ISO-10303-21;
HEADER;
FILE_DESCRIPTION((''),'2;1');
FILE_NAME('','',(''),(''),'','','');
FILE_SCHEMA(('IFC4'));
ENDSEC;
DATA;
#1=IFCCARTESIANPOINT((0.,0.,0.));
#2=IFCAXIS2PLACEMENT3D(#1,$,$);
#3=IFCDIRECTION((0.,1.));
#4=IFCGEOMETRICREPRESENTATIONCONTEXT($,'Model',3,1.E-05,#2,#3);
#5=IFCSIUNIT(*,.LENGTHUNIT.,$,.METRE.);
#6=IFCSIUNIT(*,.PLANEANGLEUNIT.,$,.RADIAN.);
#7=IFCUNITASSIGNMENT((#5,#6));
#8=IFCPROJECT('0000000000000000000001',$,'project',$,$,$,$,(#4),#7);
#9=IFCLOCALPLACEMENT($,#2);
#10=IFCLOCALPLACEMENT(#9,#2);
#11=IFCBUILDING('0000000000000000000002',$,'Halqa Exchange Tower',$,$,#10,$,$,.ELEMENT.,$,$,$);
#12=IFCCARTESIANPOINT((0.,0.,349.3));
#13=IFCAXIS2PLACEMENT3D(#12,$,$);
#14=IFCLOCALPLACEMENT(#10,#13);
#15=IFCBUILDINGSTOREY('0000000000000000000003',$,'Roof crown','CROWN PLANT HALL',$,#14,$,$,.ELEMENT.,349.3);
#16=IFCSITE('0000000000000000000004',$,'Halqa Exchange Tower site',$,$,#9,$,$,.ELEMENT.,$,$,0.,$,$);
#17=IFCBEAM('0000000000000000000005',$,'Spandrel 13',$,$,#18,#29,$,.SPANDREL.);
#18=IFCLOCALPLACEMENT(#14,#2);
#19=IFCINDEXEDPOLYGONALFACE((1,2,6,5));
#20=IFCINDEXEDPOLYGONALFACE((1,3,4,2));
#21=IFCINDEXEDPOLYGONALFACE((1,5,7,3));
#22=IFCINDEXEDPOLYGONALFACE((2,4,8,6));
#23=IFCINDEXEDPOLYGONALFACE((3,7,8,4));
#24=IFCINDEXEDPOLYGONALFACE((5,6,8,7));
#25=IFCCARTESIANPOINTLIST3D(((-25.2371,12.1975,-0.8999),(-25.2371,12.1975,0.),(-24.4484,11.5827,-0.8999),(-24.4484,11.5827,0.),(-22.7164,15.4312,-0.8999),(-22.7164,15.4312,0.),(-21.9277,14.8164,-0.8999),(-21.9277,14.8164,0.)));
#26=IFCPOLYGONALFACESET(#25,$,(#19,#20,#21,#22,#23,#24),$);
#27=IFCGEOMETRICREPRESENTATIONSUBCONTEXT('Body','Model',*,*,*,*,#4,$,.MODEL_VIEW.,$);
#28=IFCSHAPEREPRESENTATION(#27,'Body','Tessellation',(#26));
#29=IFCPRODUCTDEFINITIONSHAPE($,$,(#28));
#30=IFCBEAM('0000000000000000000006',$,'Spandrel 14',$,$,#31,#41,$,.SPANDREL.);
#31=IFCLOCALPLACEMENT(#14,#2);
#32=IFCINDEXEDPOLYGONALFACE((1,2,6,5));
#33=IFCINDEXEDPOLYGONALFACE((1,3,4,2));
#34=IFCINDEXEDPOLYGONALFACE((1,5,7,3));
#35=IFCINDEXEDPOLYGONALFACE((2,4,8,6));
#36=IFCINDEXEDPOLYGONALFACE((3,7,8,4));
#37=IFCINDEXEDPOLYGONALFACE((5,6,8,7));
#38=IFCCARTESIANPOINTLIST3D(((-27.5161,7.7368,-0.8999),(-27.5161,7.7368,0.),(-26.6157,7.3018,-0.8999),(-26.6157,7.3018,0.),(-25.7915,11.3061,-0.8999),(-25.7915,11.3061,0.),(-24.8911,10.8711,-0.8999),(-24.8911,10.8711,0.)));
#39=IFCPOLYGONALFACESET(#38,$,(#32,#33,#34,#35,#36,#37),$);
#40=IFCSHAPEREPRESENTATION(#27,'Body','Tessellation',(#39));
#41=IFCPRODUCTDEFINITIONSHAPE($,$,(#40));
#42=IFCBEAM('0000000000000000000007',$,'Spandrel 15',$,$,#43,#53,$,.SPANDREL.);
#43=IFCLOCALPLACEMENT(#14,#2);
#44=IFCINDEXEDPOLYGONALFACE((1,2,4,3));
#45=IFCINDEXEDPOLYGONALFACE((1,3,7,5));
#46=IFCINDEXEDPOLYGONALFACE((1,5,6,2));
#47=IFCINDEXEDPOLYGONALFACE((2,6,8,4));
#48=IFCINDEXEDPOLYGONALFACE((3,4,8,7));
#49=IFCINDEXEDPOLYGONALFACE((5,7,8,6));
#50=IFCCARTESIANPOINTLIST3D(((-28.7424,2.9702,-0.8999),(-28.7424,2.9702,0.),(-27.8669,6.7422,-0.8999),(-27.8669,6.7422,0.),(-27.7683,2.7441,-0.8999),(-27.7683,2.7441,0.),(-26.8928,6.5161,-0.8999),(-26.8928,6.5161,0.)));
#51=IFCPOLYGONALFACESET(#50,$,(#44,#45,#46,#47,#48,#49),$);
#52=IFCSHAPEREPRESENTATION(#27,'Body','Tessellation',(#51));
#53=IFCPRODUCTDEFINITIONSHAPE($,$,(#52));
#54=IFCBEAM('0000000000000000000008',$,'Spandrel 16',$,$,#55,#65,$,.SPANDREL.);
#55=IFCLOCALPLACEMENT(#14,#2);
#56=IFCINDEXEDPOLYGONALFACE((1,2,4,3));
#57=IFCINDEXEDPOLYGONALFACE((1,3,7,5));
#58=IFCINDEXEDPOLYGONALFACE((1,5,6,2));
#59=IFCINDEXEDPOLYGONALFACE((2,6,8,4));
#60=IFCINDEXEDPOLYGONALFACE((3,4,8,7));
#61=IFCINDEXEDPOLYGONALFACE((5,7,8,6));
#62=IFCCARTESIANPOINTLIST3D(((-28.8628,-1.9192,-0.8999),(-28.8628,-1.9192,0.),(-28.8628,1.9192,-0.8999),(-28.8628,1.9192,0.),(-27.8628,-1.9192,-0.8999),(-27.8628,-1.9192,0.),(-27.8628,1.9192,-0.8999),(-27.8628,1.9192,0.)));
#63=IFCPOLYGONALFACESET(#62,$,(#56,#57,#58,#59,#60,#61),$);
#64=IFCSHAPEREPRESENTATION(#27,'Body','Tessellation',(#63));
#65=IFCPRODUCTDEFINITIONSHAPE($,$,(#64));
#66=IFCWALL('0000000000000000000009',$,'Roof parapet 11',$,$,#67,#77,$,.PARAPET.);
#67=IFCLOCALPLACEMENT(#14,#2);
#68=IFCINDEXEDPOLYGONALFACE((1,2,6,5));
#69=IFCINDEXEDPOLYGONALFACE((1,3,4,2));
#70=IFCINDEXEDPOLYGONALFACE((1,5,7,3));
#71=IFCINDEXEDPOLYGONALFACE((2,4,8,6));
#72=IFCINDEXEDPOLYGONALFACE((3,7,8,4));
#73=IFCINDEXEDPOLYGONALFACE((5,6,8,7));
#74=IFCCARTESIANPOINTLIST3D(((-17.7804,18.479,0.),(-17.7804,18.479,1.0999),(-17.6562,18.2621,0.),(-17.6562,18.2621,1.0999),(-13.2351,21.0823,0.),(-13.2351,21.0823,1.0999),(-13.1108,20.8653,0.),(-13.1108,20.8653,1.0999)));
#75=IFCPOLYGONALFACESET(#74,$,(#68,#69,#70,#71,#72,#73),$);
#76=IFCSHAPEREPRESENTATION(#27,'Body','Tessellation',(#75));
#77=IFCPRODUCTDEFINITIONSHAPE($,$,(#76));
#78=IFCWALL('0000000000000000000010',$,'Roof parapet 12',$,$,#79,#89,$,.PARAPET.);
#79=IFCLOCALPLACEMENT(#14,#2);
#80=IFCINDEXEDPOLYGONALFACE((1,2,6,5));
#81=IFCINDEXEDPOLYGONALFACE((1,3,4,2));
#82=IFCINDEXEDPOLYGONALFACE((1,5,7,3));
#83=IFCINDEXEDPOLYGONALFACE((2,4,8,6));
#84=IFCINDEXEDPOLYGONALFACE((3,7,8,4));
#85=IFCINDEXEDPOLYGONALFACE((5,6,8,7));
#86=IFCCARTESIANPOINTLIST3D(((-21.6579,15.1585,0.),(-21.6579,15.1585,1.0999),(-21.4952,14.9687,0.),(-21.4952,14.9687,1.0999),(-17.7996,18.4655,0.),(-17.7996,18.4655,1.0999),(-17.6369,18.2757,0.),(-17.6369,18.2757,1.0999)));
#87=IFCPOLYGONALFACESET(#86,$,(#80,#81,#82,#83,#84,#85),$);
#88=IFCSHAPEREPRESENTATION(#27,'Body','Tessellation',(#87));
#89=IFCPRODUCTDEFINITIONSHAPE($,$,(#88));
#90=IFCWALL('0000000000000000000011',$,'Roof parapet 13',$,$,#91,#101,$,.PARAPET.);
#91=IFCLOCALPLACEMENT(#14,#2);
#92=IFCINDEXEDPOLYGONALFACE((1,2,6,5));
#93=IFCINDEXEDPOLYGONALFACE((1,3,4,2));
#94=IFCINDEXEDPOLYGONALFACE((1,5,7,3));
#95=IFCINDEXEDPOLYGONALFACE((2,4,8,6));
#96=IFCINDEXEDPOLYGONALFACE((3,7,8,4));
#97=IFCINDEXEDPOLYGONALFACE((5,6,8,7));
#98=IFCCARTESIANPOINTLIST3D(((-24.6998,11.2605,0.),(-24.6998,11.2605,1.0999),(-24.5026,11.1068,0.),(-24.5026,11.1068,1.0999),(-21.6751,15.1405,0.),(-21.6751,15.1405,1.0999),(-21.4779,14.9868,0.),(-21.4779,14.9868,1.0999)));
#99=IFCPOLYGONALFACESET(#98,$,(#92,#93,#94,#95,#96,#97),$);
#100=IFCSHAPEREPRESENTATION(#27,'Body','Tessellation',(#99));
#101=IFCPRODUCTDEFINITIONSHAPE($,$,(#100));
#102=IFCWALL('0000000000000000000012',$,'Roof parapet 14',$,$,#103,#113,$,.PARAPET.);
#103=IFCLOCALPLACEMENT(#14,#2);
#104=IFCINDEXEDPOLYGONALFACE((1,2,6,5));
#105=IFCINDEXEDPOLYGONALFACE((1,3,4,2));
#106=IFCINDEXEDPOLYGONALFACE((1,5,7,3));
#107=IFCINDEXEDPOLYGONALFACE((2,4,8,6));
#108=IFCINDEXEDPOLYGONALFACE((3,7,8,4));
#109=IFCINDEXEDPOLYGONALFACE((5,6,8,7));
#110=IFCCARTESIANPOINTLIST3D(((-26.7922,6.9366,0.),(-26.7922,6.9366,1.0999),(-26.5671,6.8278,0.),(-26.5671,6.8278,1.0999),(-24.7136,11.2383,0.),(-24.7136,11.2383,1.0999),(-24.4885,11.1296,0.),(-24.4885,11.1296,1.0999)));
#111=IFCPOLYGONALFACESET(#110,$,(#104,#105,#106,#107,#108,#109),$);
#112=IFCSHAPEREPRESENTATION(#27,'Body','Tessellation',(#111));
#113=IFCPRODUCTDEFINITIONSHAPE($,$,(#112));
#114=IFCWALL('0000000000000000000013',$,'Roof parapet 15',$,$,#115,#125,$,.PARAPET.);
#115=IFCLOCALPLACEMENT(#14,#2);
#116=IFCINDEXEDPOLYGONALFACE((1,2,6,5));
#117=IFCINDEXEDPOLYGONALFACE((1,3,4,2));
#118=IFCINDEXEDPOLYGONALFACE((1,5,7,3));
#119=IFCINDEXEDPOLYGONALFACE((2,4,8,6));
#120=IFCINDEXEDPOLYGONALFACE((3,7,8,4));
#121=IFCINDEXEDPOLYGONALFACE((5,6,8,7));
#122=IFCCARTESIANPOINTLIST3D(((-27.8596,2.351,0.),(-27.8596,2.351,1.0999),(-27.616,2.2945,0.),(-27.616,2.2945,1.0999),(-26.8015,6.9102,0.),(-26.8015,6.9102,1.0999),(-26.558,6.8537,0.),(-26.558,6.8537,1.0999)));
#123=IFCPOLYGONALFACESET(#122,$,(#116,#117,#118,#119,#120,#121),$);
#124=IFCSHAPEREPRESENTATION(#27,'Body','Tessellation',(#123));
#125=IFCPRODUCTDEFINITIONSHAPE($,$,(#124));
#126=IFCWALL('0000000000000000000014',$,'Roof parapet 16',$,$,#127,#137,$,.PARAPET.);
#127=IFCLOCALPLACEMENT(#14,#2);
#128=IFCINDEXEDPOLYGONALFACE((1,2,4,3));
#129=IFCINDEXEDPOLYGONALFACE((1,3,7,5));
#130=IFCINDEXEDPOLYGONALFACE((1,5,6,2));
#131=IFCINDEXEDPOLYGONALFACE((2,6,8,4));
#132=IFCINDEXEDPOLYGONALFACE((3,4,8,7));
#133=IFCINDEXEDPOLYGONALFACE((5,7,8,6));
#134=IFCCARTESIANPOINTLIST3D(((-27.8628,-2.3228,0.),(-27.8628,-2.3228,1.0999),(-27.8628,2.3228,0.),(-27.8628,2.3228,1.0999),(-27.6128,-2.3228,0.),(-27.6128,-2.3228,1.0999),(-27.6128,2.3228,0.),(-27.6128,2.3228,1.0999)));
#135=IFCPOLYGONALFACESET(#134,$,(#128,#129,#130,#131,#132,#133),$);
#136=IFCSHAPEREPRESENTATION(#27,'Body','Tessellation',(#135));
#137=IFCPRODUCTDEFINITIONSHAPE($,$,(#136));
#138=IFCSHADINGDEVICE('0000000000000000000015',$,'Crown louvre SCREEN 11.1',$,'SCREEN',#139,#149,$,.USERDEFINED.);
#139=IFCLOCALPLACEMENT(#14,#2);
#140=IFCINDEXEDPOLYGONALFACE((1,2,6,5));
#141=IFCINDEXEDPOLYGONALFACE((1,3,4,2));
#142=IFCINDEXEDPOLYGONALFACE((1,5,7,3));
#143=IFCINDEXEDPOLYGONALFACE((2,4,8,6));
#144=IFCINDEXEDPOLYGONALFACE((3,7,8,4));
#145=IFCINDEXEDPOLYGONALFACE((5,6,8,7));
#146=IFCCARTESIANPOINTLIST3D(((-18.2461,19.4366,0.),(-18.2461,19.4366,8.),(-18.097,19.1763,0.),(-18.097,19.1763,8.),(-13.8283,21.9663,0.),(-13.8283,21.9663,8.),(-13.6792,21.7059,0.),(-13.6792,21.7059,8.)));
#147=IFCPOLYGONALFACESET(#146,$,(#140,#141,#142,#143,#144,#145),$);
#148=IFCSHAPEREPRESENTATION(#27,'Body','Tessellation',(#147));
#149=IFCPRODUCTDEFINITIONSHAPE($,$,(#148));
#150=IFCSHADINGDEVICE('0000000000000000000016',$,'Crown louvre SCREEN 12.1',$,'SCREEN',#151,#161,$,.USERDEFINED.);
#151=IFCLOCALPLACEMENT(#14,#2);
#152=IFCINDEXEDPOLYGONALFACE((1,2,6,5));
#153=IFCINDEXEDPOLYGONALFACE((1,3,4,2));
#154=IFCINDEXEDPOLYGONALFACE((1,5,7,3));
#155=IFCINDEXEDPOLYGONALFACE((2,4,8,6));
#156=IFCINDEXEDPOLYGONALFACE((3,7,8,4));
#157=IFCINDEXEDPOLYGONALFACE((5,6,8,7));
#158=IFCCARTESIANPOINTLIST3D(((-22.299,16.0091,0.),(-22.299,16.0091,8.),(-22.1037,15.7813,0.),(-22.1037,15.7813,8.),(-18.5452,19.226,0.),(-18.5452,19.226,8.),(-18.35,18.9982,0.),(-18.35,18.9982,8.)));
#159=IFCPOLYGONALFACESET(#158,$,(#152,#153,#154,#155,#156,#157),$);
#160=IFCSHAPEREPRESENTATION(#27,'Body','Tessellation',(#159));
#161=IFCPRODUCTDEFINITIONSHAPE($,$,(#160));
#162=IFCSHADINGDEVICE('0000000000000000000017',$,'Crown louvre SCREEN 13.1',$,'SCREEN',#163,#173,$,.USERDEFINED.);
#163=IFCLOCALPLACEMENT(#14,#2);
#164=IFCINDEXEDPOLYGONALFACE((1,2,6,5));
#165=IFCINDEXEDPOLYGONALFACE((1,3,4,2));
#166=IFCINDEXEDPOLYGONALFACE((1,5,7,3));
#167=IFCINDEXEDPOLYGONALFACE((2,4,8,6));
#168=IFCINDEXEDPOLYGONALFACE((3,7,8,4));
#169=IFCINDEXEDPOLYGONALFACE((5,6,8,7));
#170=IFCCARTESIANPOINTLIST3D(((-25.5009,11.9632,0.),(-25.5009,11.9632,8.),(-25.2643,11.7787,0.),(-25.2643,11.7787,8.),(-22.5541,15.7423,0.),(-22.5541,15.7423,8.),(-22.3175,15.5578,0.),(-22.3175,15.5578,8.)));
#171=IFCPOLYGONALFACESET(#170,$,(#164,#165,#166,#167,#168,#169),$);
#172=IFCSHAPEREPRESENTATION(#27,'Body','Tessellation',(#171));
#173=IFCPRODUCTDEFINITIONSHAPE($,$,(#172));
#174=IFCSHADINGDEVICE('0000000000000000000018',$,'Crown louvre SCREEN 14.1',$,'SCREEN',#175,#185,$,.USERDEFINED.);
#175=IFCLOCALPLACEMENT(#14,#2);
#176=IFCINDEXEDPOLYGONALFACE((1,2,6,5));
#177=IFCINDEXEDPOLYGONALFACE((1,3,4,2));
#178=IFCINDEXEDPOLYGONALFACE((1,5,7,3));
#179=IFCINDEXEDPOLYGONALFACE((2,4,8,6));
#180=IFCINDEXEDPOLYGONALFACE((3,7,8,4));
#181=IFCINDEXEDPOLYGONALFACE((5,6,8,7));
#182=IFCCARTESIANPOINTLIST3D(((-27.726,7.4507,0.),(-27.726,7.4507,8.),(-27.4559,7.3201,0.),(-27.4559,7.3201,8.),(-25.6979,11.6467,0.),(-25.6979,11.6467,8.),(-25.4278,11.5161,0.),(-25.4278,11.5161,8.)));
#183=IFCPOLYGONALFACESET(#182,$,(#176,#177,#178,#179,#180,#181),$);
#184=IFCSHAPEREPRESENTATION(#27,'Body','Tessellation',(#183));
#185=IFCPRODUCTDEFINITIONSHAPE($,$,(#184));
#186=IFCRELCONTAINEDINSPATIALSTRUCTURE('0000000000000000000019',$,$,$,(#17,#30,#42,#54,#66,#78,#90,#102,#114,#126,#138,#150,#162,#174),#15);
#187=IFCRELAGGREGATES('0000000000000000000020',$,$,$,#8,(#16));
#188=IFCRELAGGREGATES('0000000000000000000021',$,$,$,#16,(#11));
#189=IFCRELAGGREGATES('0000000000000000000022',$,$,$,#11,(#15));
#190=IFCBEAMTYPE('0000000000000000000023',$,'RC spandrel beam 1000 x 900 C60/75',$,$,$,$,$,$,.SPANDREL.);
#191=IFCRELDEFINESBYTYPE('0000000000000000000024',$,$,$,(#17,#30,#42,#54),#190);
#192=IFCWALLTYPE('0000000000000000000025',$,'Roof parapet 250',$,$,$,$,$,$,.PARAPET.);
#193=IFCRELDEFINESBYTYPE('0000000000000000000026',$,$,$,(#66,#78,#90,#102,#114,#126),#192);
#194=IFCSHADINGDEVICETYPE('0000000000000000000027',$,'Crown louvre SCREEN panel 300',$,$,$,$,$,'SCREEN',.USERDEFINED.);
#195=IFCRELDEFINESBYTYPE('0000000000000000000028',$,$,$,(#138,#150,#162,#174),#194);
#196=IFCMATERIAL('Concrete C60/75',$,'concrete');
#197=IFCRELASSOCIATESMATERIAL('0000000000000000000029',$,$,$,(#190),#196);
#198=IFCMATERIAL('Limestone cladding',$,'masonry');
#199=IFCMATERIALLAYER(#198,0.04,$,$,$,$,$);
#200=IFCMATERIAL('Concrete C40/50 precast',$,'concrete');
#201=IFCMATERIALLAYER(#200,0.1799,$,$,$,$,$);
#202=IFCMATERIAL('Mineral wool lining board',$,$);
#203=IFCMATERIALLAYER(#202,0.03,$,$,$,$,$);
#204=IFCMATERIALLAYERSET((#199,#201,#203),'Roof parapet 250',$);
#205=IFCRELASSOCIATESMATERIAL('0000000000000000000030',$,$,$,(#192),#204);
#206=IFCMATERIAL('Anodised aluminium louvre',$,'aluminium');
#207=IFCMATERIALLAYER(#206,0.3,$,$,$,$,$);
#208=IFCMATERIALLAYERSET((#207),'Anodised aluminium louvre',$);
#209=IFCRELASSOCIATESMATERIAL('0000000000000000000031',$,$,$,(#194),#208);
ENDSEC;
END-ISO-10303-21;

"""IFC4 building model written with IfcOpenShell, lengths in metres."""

from ifc_helpers import new_model, si_unit, direction, frame, frame_2d, origin, origin_2d, place, context, subcontext, project, spatial, rectangle, extrude, material, layer, layer_set, material_profile, profile_set, type_object, element, save


model = new_model("IFC4")

# Units and contexts
model_context = context("Model", 3, precision=1e-05, world=origin(), true_north=direction((0.0, 1.0)))
body_context = subcontext(model_context, "Body", "Model", "MODEL_VIEW")
ifc_project = project(units=[si_unit("LENGTHUNIT", "METRE"), si_unit("PLANEANGLEUNIT", "RADIAN")], contexts=[model_context])

# Site, building, storey
site_placement = place(None, origin())
site = spatial("IfcSite", under=ifc_project, at=site_placement, Name="Halqa Exchange Tower site", CompositionType="ELEMENT", RefElevation=0.0)
building_placement = place(site_placement, origin())
building = spatial("IfcBuilding", under=site, at=building_placement, Name="Halqa Exchange Tower", CompositionType="ELEMENT")
storey_placement = place(building_placement, frame((0.0, 0.0, 349.3)))
storey = spatial("IfcBuildingStorey", under=building, at=storey_placement, Name="Roof crown", Description="CROWN PLANT HALL", CompositionType="ELEMENT", Elevation=349.3)

# Beams
ifc_material_1 = material(Name="Concrete C60/75", Category="concrete")
ifc_material_profile_1 = material_profile(ifc_material_1, rectangle(XDim=1.0, YDim=0.8999, at=origin_2d()), Name="1000 x 900")
ifc_profile_set_1 = profile_set([ifc_material_profile_1], Name="Concrete C60/75")
beam_type = type_object("IfcBeamType", Name="RC spandrel beam 1000 x 900 C60/75", PredefinedType="SPANDREL", material=ifc_profile_set_1)
beam_1_placement = place(storey_placement, frame((-22.322, 15.1238, -0.45), z_axis=(-0.614806, -0.788678, 0.0), x_axis=(0.788678, -0.614806, 0.0)))
element("IfcBeam", 1, at=beam_1_placement, inside=storey, type_object=beam_type, Name="Spandrel 13", PredefinedType="SPANDREL", context=body_context, shape_type="SweptSolid", body=[
    extrude(rectangle(XDim=1.0, YDim=0.8999, at=origin_2d()), origin(), (0.0, 0.0, 1.0), 4.1001),
])
beam_2_placement = place(storey_placement, frame((-25.3413, 11.0886, -0.45), z_axis=(-0.435052, -0.900405, 0.0), x_axis=(0.900405, -0.435052, 0.0)))
element("IfcBeam", 2, at=beam_2_placement, inside=storey, type_object=beam_type, Name="Spandrel 14", PredefinedType="SPANDREL", context=body_context, shape_type="SweptSolid", body=[
    extrude(rectangle(XDim=1.0, YDim=0.8999, at=origin_2d()), origin(), (0.0, 0.0, 1.0), 3.9641),
])
beam_3_placement = place(storey_placement, frame((-27.3799, 6.6292, -0.45), z_axis=(-0.226093, -0.974106, 0.0), x_axis=(0.974106, -0.226093, 0.0)))
element("IfcBeam", 3, at=beam_3_placement, inside=storey, type_object=beam_type, Name="Spandrel 15", PredefinedType="SPANDREL", context=body_context, shape_type="SweptSolid", body=[
    extrude(rectangle(XDim=1.0, YDim=0.8999, at=origin_2d()), origin(), (0.0, 0.0, 1.0), 3.8723),
])
beam_4_placement = place(storey_placement, frame((-28.3628, 1.9192, -0.45), z_axis=(0.0, -1.0, 0.0), x_axis=(1.0, 0.0, 0.0)))
element("IfcBeam", 4, at=beam_4_placement, inside=storey, type_object=beam_type, Name="Spandrel 16", PredefinedType="SPANDREL", context=body_context, shape_type="SweptSolid", body=[
    extrude(rectangle(XDim=1.0, YDim=0.8999, at=origin_2d()), origin(), (0.0, 0.0, 1.0), 3.8384),
])

# Walls
ifc_material_2 = material(Name="Limestone cladding", Category="masonry")
ifc_layer_1 = layer(ifc_material_2, 0.04)
ifc_material_3 = material(Name="Concrete C40/50 precast", Category="concrete")
ifc_layer_2 = layer(ifc_material_3, 0.1799)
ifc_material_4 = material(Name="Mineral wool lining board")
ifc_layer_3 = layer(ifc_material_4, 0.03)
ifc_layer_set_1 = layer_set([ifc_layer_1, ifc_layer_2, ifc_layer_3], Name="Roof parapet 250")
wall_type = type_object("IfcWallType", Name="Roof parapet 250", PredefinedType="PARAPET", material=ifc_layer_set_1)
wall_1_placement = place(storey_placement, frame((-13.1729, 20.9739, 0.0), z_axis=(0.0, 0.0, 1.0), x_axis=(-0.867758, -0.496987, 0.0)))
element("IfcWall", 5, at=wall_1_placement, inside=storey, type_object=wall_type, Name="Roof parapet 11", PredefinedType="PARAPET", context=body_context, shape_type="SweptSolid", body=[
    extrude(rectangle(XDim=5.238, YDim=0.25, at=frame_2d((2.6191, 0.0))), origin(), (0.0, 0.0, 1.0), 1.0999),
])
wall_2_placement = place(storey_placement, frame((-17.7183, 18.3706, 0.0), z_axis=(0.0, 0.0, 1.0), x_axis=(-0.759267, -0.65078, 0.0)))
element("IfcWall", 6, at=wall_2_placement, inside=storey, type_object=wall_type, Name="Roof parapet 12", PredefinedType="PARAPET", context=body_context, shape_type="SweptSolid", body=[
    extrude(rectangle(XDim=5.0815, YDim=0.25, at=frame_2d((2.5408, 0.0))), origin(), (0.0, 0.0, 1.0), 1.0999),
])
wall_3_placement = place(storey_placement, frame((-21.5764, 15.0637, 0.0), z_axis=(0.0, 0.0, 1.0), x_axis=(-0.614823, -0.788665, 0.0)))
element("IfcWall", 7, at=wall_3_placement, inside=storey, type_object=wall_type, Name="Roof parapet 13", PredefinedType="PARAPET", context=body_context, shape_type="SweptSolid", body=[
    extrude(rectangle(XDim=4.9197, YDim=0.25, at=frame_2d((2.46, 0.0))), origin(), (0.0, 0.0, 1.0), 1.0999),
])
wall_4_placement = place(storey_placement, frame((-24.6011, 11.1838, 0.0), z_axis=(0.0, 0.0, 1.0), x_axis=(-0.435072, -0.900396, 0.0)))
element("IfcWall", 8, at=wall_4_placement, inside=storey, type_object=wall_type, Name="Roof parapet 14", PredefinedType="PARAPET", context=body_context, shape_type="SweptSolid", body=[
    extrude(rectangle(XDim=4.7776, YDim=0.25, at=frame_2d((2.3887, 0.0))), origin(), (0.0, 0.0, 1.0), 1.0999),
])
wall_5_placement = place(storey_placement, frame((-26.6797, 6.8821, 0.0), z_axis=(0.0, 0.0, 1.0), x_axis=(-0.226067, -0.974112, 0.0)))
element("IfcWall", 9, at=wall_5_placement, inside=storey, type_object=wall_type, Name="Roof parapet 15", PredefinedType="PARAPET", context=body_context, shape_type="SweptSolid", body=[
    extrude(rectangle(XDim=4.6804, YDim=0.25, at=frame_2d((2.3403, 0.0))), origin(), (0.0, 0.0, 1.0), 1.0999),
])
wall_6_placement = place(storey_placement, frame((-27.7378, 2.3228, 0.0), z_axis=(0.0, 0.0, 1.0), x_axis=(0.0, -1.0, 0.0)))
element("IfcWall", 10, at=wall_6_placement, inside=storey, type_object=wall_type, Name="Roof parapet 16", PredefinedType="PARAPET", context=body_context, shape_type="SweptSolid", body=[
    extrude(rectangle(XDim=4.6455, YDim=0.25, at=frame_2d((2.3228, 0.0))), origin(), (0.0, 0.0, 1.0), 1.0999),
])

# Shading devices
ifc_material_5 = material(Name="Anodised aluminium louvre", Category="aluminium")
ifc_layer_4 = layer(ifc_material_5, 0.3)
ifc_layer_set_2 = layer_set([ifc_layer_4], Name="Anodised aluminium louvre")
shading_device_type = type_object("IfcShadingDeviceType", Name="Crown louvre SCREEN panel 300", ElementType="SCREEN", PredefinedType="USERDEFINED", material=ifc_layer_set_2)
shading_device_1_placement = place(storey_placement, frame((-15.9626, 20.5713, 0.0), z_axis=(0.0, 0.0, 1.0), x_axis=(-0.867804, -0.496907, 0.0)))
element("IfcShadingDevice", 11, at=shading_device_1_placement, inside=storey, type_object=shading_device_type, Name="Crown louvre SCREEN 11.1", ObjectType="SCREEN", PredefinedType="USERDEFINED", context=body_context, shape_type="SweptSolid", body=[
    extrude(rectangle(XDim=5.0908, YDim=0.3, at=origin_2d()), origin(), (0.0, 0.0, 1.0), 8.0),
])
shading_device_2_placement = place(storey_placement, frame((-20.3245, 17.5037, 0.0), z_axis=(0.0, 0.0, 1.0), x_axis=(-0.759318, -0.65072, 0.0)))
element("IfcShadingDevice", 12, at=shading_device_2_placement, inside=storey, type_object=shading_device_type, Name="Crown louvre SCREEN 12.1", ObjectType="SCREEN", PredefinedType="USERDEFINED", context=body_context, shape_type="SweptSolid", body=[
    extrude(rectangle(XDim=4.9436, YDim=0.3, at=origin_2d()), origin(), (0.0, 0.0, 1.0), 8.0),
])
shading_device_3_placement = place(storey_placement, frame((-23.9092, 13.7605, 0.0), z_axis=(0.0, 0.0, 1.0), x_axis=(-0.614908, -0.788599, 0.0)))
element("IfcShadingDevice", 13, at=shading_device_3_placement, inside=storey, type_object=shading_device_type, Name="Crown louvre SCREEN 13.1", ObjectType="SCREEN", PredefinedType="USERDEFINED", context=body_context, shape_type="SweptSolid", body=[
    extrude(rectangle(XDim=4.7922, YDim=0.3, at=origin_2d()), origin(), (0.0, 0.0, 1.0), 8.0),
])
shading_device_4_placement = place(storey_placement, frame((-26.5769, 9.4834, 0.0), z_axis=(0.0, 0.0, 1.0), x_axis=(-0.435179, -0.900344, 0.0)))
element("IfcShadingDevice", 14, at=shading_device_4_placement, inside=storey, type_object=shading_device_type, Name="Crown louvre SCREEN 14.1", ObjectType="SCREEN", PredefinedType="USERDEFINED", context=body_context, shape_type="SweptSolid", body=[
    extrude(rectangle(XDim=4.6604, YDim=0.3, at=origin_2d()), origin(), (0.0, 0.0, 1.0), 8.0),
])

save(model, "model.ifc")
